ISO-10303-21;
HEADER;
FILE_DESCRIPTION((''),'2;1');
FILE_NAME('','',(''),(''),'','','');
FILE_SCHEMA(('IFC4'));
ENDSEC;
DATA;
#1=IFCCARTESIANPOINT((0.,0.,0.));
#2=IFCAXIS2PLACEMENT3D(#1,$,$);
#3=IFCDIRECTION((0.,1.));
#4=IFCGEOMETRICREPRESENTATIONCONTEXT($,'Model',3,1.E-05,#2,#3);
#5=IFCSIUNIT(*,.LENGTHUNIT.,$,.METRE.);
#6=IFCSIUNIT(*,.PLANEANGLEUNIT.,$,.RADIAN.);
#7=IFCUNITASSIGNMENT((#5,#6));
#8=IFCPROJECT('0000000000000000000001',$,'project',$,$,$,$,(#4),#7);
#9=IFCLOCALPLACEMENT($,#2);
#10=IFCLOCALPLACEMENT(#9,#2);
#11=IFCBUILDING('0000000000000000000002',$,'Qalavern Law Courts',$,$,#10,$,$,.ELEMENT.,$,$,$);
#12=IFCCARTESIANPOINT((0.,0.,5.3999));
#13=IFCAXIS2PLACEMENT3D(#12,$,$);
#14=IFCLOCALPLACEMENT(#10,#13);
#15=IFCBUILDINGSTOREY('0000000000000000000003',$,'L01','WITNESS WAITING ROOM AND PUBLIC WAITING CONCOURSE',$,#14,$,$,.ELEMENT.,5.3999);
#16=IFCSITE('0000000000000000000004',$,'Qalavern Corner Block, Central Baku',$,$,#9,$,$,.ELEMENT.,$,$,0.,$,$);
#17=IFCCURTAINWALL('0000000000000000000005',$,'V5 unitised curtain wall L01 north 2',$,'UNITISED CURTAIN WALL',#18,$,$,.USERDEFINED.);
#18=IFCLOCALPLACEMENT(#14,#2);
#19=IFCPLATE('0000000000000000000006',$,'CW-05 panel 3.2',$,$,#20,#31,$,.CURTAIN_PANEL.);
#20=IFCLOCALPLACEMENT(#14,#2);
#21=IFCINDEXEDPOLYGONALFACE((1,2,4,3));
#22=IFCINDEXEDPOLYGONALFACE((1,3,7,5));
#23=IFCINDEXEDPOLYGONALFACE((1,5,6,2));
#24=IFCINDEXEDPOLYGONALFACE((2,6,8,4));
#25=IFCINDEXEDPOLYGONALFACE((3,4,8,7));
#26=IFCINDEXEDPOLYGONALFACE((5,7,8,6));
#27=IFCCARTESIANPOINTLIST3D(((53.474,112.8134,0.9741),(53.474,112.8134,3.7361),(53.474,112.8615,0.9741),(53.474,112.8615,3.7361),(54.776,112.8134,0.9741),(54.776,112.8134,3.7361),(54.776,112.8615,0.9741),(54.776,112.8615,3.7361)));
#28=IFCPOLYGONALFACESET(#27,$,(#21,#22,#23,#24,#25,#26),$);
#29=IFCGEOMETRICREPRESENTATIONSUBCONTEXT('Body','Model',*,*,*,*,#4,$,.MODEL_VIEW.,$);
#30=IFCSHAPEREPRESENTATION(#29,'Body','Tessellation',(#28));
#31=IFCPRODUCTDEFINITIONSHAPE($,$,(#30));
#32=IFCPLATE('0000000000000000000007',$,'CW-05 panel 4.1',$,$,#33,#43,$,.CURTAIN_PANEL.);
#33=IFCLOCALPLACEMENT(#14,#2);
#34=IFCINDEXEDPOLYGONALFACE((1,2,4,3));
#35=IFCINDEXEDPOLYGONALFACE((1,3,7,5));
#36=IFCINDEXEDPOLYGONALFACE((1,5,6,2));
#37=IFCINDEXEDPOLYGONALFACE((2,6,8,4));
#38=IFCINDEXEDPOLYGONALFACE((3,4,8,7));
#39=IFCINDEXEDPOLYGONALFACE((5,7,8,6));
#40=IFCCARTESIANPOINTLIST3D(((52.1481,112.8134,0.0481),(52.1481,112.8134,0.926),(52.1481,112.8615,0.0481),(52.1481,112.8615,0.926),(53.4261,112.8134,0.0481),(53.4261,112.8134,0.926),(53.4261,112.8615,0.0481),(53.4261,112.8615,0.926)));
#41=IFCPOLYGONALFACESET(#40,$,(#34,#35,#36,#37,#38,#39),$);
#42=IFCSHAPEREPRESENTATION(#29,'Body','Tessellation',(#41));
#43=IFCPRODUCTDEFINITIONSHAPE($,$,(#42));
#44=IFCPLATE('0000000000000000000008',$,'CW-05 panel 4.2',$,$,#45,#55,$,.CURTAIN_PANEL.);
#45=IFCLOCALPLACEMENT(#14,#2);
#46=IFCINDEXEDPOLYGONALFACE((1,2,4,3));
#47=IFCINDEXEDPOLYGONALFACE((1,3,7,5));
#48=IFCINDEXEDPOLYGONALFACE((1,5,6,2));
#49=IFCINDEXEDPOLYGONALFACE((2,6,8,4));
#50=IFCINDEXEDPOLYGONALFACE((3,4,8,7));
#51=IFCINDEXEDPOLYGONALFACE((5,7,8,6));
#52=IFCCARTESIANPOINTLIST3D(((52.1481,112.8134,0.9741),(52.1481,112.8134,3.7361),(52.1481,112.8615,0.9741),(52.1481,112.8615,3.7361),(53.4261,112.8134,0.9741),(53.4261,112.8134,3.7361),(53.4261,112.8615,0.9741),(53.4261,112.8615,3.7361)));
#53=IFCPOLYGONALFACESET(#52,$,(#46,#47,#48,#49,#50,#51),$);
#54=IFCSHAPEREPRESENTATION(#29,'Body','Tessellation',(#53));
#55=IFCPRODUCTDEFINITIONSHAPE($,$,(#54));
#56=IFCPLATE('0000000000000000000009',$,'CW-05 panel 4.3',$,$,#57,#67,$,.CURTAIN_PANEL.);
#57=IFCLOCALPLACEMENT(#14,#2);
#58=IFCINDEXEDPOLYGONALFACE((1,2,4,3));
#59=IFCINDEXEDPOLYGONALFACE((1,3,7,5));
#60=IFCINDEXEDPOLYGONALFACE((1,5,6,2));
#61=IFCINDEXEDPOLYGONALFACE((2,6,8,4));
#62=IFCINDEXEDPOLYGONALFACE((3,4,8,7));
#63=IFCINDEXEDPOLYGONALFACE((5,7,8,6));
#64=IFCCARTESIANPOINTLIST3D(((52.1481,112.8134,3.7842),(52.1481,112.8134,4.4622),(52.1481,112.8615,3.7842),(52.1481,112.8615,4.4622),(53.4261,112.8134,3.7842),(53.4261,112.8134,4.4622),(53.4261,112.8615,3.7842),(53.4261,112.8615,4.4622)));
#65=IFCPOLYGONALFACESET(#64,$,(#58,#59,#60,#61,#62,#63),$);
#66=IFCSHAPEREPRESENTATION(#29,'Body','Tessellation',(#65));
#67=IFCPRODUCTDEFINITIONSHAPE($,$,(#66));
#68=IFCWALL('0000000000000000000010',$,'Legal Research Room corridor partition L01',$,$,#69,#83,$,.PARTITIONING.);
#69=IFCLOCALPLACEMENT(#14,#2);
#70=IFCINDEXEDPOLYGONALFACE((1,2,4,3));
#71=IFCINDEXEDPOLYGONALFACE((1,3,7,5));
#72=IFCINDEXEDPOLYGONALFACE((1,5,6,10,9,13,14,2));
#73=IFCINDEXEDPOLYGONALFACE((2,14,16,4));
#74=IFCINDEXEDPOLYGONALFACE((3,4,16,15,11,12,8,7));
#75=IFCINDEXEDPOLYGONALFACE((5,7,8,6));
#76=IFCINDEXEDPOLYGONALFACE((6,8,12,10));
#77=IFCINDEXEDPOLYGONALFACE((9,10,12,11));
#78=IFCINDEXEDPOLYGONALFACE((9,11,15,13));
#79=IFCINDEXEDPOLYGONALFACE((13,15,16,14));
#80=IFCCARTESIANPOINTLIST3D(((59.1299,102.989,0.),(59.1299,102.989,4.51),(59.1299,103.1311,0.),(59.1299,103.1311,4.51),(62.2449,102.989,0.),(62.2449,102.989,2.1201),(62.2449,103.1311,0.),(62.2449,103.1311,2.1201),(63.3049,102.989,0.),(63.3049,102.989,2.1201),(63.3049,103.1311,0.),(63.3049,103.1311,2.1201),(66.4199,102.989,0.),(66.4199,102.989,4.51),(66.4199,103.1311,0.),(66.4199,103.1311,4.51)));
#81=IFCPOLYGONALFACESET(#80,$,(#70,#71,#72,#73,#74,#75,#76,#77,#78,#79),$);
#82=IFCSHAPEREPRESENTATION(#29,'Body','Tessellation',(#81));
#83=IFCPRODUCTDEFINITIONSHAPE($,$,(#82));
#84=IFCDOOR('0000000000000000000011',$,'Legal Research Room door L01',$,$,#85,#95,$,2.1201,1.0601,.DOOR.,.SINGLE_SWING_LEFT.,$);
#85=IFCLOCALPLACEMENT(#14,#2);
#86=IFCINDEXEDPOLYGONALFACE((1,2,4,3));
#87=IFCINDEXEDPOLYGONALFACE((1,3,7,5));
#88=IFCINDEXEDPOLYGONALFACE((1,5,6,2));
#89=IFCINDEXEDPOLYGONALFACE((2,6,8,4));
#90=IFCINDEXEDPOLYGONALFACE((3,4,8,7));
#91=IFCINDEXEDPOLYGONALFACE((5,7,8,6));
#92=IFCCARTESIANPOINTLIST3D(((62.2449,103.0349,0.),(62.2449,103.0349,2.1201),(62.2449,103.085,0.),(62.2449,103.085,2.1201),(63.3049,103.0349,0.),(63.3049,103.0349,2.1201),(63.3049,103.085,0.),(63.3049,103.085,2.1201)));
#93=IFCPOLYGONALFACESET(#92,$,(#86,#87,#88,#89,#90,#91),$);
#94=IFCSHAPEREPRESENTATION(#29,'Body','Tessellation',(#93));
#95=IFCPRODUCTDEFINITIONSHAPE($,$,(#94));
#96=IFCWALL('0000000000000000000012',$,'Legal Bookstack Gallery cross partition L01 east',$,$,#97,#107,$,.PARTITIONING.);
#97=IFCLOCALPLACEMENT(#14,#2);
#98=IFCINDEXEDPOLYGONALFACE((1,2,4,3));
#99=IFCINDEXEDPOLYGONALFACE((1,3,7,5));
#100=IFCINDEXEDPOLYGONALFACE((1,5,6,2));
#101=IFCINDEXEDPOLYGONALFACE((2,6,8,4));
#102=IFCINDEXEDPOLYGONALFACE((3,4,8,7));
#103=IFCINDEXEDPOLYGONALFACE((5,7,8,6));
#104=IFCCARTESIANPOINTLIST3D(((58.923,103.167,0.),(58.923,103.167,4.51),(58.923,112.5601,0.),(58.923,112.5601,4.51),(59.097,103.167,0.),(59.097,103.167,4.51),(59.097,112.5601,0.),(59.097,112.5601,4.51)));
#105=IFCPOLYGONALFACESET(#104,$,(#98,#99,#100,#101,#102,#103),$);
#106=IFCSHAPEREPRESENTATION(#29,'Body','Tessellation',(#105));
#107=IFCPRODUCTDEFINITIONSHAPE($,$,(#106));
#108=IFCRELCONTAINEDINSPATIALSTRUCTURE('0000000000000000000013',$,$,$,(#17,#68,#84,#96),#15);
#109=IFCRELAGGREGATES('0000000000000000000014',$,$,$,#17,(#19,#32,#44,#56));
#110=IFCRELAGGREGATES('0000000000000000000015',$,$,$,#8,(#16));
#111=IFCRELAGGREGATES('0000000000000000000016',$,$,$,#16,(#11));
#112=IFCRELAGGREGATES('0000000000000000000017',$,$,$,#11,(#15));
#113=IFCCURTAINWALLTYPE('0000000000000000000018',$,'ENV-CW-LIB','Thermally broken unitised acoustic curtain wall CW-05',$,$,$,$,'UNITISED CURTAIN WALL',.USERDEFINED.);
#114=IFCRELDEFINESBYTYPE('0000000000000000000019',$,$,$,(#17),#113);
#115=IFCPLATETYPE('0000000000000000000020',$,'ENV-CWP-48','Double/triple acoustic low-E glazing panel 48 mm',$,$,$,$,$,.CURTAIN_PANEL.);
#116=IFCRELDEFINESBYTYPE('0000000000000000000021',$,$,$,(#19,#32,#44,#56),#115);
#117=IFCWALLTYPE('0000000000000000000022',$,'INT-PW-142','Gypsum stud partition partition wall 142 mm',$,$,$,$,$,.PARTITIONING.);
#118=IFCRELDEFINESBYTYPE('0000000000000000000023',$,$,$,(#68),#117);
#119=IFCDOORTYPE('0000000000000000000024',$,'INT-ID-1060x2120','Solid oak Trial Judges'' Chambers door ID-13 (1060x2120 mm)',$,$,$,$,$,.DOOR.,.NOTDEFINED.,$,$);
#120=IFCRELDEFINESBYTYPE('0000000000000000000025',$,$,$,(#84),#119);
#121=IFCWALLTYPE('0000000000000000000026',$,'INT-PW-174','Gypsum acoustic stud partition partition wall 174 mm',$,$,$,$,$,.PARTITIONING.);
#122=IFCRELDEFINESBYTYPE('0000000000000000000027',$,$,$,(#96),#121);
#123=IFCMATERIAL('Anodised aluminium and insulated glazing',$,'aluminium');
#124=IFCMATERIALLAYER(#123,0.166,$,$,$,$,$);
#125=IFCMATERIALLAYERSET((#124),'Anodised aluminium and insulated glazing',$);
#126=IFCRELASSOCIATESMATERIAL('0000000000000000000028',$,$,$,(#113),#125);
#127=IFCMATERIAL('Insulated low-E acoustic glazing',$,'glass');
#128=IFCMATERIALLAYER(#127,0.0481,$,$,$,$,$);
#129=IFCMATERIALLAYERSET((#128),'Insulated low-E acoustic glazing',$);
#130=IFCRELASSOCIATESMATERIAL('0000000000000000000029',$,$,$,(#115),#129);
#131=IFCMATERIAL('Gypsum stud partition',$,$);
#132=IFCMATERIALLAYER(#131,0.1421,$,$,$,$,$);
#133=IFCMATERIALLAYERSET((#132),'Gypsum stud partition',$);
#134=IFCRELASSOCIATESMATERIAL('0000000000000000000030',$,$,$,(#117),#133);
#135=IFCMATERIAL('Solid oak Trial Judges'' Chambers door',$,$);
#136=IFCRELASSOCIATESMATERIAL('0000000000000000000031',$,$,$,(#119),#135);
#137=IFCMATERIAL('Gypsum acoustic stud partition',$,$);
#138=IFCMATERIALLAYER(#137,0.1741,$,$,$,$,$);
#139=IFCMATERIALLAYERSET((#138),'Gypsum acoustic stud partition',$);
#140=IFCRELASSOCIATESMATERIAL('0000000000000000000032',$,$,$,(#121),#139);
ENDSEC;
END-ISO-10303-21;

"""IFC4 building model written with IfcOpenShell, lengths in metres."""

from ifc_helpers import new_model, si_unit, direction, frame, frame_2d, origin, origin_2d, place, context, subcontext, project, spatial, rectangle, extrude, material, layer, layer_set, type_object, element, fill, aggregate, save


model = new_model("IFC4")

# Units and contexts
model_context = context("Model", 3, precision=1e-05, world=origin(), true_north=direction((0.0, 1.0)))
body_context = subcontext(model_context, "Body", "Model", "MODEL_VIEW")
ifc_project = project(units=[si_unit("LENGTHUNIT", "METRE"), si_unit("PLANEANGLEUNIT", "RADIAN")], contexts=[model_context])

# Site, building, storey
site_placement = place(None, origin())
site = spatial("IfcSite", under=ifc_project, at=site_placement, Name="Qalavern Corner Block, Central Baku", CompositionType="ELEMENT", RefElevation=0.0)
building_placement = place(site_placement, origin())
building = spatial("IfcBuilding", under=site, at=building_placement, Name="Qalavern Law Courts", CompositionType="ELEMENT")
storey_placement = place(building_placement, frame((0.0, 0.0, 5.3999)))
storey = spatial("IfcBuildingStorey", under=building, at=storey_placement, Name="L01", Description="WITNESS WAITING ROOM AND PUBLIC WAITING CONCOURSE", CompositionType="ELEMENT", Elevation=5.3999)

# Curtain wall
ifc_material_1 = material(Name="Anodised aluminium and insulated glazing", Category="aluminium")
ifc_layer_1 = layer(ifc_material_1, 0.166)
ifc_layer_set_1 = layer_set([ifc_layer_1], Name="Anodised aluminium and insulated glazing")
curtain_wall_type = type_object("IfcCurtainWallType", Name="ENV-CW-LIB", Description="Thermally broken unitised acoustic curtain wall CW-05", ElementType="UNITISED CURTAIN WALL", PredefinedType="USERDEFINED", material=ifc_layer_set_1)
curtain_wall_placement = place(storey_placement, origin())
curtain_wall = element("IfcCurtainWall", 1, at=curtain_wall_placement, inside=storey, type_object=curtain_wall_type, Name="V5 unitised curtain wall L01 north 2", ObjectType="UNITISED CURTAIN WALL", PredefinedType="USERDEFINED")

# Plates
ifc_material_2 = material(Name="Insulated low-E acoustic glazing", Category="glass")
ifc_layer_2 = layer(ifc_material_2, 0.0481)
ifc_layer_set_2 = layer_set([ifc_layer_2], Name="Insulated low-E acoustic glazing")
plate_type = type_object("IfcPlateType", Name="ENV-CWP-48", Description="Double/triple acoustic low-E glazing panel 48 mm", PredefinedType="CURTAIN_PANEL", material=ifc_layer_set_2)
plate_1_placement = place(storey_placement, frame((54.125, 112.8374, 0.9741), z_axis=(0.0, 0.0, 1.0), x_axis=(-1.0, 0.0, 0.0)))
plate_1 = element("IfcPlate", 2, at=plate_1_placement, type_object=plate_type, Name="CW-05 panel 3.2", PredefinedType="CURTAIN_PANEL", context=body_context, shape_type="SweptSolid", body=[
    extrude(rectangle(XDim=1.302, YDim=0.0481, at=origin_2d()), origin(), (0.0, 0.0, 1.0), 2.762),
])
plate_2_placement = place(storey_placement, frame((52.7871, 112.8374, 0.0481), z_axis=(0.0, 0.0, 1.0), x_axis=(-1.0, 0.0, 0.0)))
plate_2 = element("IfcPlate", 3, at=plate_2_placement, type_object=plate_type, Name="CW-05 panel 4.1", PredefinedType="CURTAIN_PANEL", context=body_context, shape_type="SweptSolid", body=[
    extrude(rectangle(XDim=1.2781, YDim=0.0481, at=origin_2d()), origin(), (0.0, 0.0, 1.0), 0.8779),
])
plate_3_placement = place(storey_placement, frame((52.7871, 112.8374, 0.9741), z_axis=(0.0, 0.0, 1.0), x_axis=(-1.0, 0.0, 0.0)))
plate_3 = element("IfcPlate", 4, at=plate_3_placement, type_object=plate_type, Name="CW-05 panel 4.2", PredefinedType="CURTAIN_PANEL", context=body_context, shape_type="SweptSolid", body=[
    extrude(rectangle(XDim=1.2781, YDim=0.0481, at=origin_2d()), origin(), (0.0, 0.0, 1.0), 2.762),
])
plate_4_placement = place(storey_placement, frame((52.7871, 112.8374, 3.7842), z_axis=(0.0, 0.0, 1.0), x_axis=(-1.0, 0.0, 0.0)))
plate_4 = element("IfcPlate", 5, at=plate_4_placement, type_object=plate_type, Name="CW-05 panel 4.3", PredefinedType="CURTAIN_PANEL", context=body_context, shape_type="SweptSolid", body=[
    extrude(rectangle(XDim=1.2781, YDim=0.0481, at=origin_2d()), origin(), (0.0, 0.0, 1.0), 0.678),
])
aggregate(curtain_wall, [plate_1, plate_2, plate_3, plate_4])

# Wall, opening, door
ifc_material_3 = material(Name="Gypsum stud partition")
ifc_layer_3 = layer(ifc_material_3, 0.1421)
ifc_layer_set_3 = layer_set([ifc_layer_3], Name="Gypsum stud partition")
wall_type_1 = type_object("IfcWallType", Name="INT-PW-142", Description="Gypsum stud partition partition wall 142 mm", PredefinedType="PARTITIONING", material=ifc_layer_set_3)
wall_1_placement = place(storey_placement, frame((59.1299, 103.0601, 0.0), z_axis=(0.0, 0.0, 1.0), x_axis=(1.0, 0.0, 0.0)))
wall_1 = element("IfcWall", 6, at=wall_1_placement, inside=storey, type_object=wall_type_1, Name="Legal Research Room corridor partition L01", PredefinedType="PARTITIONING", context=body_context, shape_type="SweptSolid", body=[
    extrude(rectangle(XDim=7.29, YDim=0.1421, at=frame_2d((3.645, 0.0))), origin(), (0.0, 0.0, 1.0), 4.51),
])
opening_placement = place(wall_1_placement, frame((3.115, 0.0, 0.0)))
opening = element("IfcOpeningElement", 7, at=opening_placement, cuts=wall_1, PredefinedType="OPENING", context=body_context, shape_type="SweptSolid", body=[
    extrude(rectangle(XDim=1.0601, YDim=2.1201, at=frame_2d((0.53, 1.0601))), frame((0.0, 0.0859, 0.0), z_axis=(0.0, -1.0, 0.0), x_axis=(1.0, 0.0, 0.0)), (0.0, 0.0, 1.0), 0.1719),
])
ifc_material_4 = material(Name="Solid oak Trial Judges' Chambers door")
door_type = type_object("IfcDoorType", Name="INT-ID-1060x2120", Description="Solid oak Trial Judges' Chambers door ID-13 (1060x2120 mm)", OperationType="NOTDEFINED", PredefinedType="DOOR", material=ifc_material_4)
door_placement = place(opening_placement, origin())
door = element("IfcDoor", 8, at=door_placement, inside=storey, type_object=door_type, Name="Legal Research Room door L01", OperationType="SINGLE_SWING_LEFT", OverallHeight=2.1201, OverallWidth=1.0601, PredefinedType="DOOR", context=body_context, shape_type="SweptSolid", body=[
    extrude(rectangle(XDim=1.0601, YDim=2.1201, at=frame_2d((0.53, 1.0601))), frame((0.0, 0.0249, 0.0), z_axis=(0.0, -1.0, 0.0), x_axis=(1.0, 0.0, 0.0)), (0.0, 0.0, 1.0), 0.05),
])
fill(opening, door)

# Wall
ifc_material_5 = material(Name="Gypsum acoustic stud partition")
ifc_layer_4 = layer(ifc_material_5, 0.1741)
ifc_layer_set_4 = layer_set([ifc_layer_4], Name="Gypsum acoustic stud partition")
wall_type_2 = type_object("IfcWallType", Name="INT-PW-174", Description="Gypsum acoustic stud partition partition wall 174 mm", PredefinedType="PARTITIONING", material=ifc_layer_set_4)
wall_2_placement = place(storey_placement, frame((59.01, 103.167, 0.0), z_axis=(0.0, 0.0, 1.0), x_axis=(0.0, 1.0, 0.0)))
element("IfcWall", 9, at=wall_2_placement, inside=storey, type_object=wall_type_2, Name="Legal Bookstack Gallery cross partition L01 east", PredefinedType="PARTITIONING", context=body_context, shape_type="SweptSolid", body=[
    extrude(rectangle(XDim=9.3931, YDim=0.1741, at=frame_2d((4.6965, 0.0))), origin(), (0.0, 0.0, 1.0), 4.51),
])

save(model, "model.ifc")
